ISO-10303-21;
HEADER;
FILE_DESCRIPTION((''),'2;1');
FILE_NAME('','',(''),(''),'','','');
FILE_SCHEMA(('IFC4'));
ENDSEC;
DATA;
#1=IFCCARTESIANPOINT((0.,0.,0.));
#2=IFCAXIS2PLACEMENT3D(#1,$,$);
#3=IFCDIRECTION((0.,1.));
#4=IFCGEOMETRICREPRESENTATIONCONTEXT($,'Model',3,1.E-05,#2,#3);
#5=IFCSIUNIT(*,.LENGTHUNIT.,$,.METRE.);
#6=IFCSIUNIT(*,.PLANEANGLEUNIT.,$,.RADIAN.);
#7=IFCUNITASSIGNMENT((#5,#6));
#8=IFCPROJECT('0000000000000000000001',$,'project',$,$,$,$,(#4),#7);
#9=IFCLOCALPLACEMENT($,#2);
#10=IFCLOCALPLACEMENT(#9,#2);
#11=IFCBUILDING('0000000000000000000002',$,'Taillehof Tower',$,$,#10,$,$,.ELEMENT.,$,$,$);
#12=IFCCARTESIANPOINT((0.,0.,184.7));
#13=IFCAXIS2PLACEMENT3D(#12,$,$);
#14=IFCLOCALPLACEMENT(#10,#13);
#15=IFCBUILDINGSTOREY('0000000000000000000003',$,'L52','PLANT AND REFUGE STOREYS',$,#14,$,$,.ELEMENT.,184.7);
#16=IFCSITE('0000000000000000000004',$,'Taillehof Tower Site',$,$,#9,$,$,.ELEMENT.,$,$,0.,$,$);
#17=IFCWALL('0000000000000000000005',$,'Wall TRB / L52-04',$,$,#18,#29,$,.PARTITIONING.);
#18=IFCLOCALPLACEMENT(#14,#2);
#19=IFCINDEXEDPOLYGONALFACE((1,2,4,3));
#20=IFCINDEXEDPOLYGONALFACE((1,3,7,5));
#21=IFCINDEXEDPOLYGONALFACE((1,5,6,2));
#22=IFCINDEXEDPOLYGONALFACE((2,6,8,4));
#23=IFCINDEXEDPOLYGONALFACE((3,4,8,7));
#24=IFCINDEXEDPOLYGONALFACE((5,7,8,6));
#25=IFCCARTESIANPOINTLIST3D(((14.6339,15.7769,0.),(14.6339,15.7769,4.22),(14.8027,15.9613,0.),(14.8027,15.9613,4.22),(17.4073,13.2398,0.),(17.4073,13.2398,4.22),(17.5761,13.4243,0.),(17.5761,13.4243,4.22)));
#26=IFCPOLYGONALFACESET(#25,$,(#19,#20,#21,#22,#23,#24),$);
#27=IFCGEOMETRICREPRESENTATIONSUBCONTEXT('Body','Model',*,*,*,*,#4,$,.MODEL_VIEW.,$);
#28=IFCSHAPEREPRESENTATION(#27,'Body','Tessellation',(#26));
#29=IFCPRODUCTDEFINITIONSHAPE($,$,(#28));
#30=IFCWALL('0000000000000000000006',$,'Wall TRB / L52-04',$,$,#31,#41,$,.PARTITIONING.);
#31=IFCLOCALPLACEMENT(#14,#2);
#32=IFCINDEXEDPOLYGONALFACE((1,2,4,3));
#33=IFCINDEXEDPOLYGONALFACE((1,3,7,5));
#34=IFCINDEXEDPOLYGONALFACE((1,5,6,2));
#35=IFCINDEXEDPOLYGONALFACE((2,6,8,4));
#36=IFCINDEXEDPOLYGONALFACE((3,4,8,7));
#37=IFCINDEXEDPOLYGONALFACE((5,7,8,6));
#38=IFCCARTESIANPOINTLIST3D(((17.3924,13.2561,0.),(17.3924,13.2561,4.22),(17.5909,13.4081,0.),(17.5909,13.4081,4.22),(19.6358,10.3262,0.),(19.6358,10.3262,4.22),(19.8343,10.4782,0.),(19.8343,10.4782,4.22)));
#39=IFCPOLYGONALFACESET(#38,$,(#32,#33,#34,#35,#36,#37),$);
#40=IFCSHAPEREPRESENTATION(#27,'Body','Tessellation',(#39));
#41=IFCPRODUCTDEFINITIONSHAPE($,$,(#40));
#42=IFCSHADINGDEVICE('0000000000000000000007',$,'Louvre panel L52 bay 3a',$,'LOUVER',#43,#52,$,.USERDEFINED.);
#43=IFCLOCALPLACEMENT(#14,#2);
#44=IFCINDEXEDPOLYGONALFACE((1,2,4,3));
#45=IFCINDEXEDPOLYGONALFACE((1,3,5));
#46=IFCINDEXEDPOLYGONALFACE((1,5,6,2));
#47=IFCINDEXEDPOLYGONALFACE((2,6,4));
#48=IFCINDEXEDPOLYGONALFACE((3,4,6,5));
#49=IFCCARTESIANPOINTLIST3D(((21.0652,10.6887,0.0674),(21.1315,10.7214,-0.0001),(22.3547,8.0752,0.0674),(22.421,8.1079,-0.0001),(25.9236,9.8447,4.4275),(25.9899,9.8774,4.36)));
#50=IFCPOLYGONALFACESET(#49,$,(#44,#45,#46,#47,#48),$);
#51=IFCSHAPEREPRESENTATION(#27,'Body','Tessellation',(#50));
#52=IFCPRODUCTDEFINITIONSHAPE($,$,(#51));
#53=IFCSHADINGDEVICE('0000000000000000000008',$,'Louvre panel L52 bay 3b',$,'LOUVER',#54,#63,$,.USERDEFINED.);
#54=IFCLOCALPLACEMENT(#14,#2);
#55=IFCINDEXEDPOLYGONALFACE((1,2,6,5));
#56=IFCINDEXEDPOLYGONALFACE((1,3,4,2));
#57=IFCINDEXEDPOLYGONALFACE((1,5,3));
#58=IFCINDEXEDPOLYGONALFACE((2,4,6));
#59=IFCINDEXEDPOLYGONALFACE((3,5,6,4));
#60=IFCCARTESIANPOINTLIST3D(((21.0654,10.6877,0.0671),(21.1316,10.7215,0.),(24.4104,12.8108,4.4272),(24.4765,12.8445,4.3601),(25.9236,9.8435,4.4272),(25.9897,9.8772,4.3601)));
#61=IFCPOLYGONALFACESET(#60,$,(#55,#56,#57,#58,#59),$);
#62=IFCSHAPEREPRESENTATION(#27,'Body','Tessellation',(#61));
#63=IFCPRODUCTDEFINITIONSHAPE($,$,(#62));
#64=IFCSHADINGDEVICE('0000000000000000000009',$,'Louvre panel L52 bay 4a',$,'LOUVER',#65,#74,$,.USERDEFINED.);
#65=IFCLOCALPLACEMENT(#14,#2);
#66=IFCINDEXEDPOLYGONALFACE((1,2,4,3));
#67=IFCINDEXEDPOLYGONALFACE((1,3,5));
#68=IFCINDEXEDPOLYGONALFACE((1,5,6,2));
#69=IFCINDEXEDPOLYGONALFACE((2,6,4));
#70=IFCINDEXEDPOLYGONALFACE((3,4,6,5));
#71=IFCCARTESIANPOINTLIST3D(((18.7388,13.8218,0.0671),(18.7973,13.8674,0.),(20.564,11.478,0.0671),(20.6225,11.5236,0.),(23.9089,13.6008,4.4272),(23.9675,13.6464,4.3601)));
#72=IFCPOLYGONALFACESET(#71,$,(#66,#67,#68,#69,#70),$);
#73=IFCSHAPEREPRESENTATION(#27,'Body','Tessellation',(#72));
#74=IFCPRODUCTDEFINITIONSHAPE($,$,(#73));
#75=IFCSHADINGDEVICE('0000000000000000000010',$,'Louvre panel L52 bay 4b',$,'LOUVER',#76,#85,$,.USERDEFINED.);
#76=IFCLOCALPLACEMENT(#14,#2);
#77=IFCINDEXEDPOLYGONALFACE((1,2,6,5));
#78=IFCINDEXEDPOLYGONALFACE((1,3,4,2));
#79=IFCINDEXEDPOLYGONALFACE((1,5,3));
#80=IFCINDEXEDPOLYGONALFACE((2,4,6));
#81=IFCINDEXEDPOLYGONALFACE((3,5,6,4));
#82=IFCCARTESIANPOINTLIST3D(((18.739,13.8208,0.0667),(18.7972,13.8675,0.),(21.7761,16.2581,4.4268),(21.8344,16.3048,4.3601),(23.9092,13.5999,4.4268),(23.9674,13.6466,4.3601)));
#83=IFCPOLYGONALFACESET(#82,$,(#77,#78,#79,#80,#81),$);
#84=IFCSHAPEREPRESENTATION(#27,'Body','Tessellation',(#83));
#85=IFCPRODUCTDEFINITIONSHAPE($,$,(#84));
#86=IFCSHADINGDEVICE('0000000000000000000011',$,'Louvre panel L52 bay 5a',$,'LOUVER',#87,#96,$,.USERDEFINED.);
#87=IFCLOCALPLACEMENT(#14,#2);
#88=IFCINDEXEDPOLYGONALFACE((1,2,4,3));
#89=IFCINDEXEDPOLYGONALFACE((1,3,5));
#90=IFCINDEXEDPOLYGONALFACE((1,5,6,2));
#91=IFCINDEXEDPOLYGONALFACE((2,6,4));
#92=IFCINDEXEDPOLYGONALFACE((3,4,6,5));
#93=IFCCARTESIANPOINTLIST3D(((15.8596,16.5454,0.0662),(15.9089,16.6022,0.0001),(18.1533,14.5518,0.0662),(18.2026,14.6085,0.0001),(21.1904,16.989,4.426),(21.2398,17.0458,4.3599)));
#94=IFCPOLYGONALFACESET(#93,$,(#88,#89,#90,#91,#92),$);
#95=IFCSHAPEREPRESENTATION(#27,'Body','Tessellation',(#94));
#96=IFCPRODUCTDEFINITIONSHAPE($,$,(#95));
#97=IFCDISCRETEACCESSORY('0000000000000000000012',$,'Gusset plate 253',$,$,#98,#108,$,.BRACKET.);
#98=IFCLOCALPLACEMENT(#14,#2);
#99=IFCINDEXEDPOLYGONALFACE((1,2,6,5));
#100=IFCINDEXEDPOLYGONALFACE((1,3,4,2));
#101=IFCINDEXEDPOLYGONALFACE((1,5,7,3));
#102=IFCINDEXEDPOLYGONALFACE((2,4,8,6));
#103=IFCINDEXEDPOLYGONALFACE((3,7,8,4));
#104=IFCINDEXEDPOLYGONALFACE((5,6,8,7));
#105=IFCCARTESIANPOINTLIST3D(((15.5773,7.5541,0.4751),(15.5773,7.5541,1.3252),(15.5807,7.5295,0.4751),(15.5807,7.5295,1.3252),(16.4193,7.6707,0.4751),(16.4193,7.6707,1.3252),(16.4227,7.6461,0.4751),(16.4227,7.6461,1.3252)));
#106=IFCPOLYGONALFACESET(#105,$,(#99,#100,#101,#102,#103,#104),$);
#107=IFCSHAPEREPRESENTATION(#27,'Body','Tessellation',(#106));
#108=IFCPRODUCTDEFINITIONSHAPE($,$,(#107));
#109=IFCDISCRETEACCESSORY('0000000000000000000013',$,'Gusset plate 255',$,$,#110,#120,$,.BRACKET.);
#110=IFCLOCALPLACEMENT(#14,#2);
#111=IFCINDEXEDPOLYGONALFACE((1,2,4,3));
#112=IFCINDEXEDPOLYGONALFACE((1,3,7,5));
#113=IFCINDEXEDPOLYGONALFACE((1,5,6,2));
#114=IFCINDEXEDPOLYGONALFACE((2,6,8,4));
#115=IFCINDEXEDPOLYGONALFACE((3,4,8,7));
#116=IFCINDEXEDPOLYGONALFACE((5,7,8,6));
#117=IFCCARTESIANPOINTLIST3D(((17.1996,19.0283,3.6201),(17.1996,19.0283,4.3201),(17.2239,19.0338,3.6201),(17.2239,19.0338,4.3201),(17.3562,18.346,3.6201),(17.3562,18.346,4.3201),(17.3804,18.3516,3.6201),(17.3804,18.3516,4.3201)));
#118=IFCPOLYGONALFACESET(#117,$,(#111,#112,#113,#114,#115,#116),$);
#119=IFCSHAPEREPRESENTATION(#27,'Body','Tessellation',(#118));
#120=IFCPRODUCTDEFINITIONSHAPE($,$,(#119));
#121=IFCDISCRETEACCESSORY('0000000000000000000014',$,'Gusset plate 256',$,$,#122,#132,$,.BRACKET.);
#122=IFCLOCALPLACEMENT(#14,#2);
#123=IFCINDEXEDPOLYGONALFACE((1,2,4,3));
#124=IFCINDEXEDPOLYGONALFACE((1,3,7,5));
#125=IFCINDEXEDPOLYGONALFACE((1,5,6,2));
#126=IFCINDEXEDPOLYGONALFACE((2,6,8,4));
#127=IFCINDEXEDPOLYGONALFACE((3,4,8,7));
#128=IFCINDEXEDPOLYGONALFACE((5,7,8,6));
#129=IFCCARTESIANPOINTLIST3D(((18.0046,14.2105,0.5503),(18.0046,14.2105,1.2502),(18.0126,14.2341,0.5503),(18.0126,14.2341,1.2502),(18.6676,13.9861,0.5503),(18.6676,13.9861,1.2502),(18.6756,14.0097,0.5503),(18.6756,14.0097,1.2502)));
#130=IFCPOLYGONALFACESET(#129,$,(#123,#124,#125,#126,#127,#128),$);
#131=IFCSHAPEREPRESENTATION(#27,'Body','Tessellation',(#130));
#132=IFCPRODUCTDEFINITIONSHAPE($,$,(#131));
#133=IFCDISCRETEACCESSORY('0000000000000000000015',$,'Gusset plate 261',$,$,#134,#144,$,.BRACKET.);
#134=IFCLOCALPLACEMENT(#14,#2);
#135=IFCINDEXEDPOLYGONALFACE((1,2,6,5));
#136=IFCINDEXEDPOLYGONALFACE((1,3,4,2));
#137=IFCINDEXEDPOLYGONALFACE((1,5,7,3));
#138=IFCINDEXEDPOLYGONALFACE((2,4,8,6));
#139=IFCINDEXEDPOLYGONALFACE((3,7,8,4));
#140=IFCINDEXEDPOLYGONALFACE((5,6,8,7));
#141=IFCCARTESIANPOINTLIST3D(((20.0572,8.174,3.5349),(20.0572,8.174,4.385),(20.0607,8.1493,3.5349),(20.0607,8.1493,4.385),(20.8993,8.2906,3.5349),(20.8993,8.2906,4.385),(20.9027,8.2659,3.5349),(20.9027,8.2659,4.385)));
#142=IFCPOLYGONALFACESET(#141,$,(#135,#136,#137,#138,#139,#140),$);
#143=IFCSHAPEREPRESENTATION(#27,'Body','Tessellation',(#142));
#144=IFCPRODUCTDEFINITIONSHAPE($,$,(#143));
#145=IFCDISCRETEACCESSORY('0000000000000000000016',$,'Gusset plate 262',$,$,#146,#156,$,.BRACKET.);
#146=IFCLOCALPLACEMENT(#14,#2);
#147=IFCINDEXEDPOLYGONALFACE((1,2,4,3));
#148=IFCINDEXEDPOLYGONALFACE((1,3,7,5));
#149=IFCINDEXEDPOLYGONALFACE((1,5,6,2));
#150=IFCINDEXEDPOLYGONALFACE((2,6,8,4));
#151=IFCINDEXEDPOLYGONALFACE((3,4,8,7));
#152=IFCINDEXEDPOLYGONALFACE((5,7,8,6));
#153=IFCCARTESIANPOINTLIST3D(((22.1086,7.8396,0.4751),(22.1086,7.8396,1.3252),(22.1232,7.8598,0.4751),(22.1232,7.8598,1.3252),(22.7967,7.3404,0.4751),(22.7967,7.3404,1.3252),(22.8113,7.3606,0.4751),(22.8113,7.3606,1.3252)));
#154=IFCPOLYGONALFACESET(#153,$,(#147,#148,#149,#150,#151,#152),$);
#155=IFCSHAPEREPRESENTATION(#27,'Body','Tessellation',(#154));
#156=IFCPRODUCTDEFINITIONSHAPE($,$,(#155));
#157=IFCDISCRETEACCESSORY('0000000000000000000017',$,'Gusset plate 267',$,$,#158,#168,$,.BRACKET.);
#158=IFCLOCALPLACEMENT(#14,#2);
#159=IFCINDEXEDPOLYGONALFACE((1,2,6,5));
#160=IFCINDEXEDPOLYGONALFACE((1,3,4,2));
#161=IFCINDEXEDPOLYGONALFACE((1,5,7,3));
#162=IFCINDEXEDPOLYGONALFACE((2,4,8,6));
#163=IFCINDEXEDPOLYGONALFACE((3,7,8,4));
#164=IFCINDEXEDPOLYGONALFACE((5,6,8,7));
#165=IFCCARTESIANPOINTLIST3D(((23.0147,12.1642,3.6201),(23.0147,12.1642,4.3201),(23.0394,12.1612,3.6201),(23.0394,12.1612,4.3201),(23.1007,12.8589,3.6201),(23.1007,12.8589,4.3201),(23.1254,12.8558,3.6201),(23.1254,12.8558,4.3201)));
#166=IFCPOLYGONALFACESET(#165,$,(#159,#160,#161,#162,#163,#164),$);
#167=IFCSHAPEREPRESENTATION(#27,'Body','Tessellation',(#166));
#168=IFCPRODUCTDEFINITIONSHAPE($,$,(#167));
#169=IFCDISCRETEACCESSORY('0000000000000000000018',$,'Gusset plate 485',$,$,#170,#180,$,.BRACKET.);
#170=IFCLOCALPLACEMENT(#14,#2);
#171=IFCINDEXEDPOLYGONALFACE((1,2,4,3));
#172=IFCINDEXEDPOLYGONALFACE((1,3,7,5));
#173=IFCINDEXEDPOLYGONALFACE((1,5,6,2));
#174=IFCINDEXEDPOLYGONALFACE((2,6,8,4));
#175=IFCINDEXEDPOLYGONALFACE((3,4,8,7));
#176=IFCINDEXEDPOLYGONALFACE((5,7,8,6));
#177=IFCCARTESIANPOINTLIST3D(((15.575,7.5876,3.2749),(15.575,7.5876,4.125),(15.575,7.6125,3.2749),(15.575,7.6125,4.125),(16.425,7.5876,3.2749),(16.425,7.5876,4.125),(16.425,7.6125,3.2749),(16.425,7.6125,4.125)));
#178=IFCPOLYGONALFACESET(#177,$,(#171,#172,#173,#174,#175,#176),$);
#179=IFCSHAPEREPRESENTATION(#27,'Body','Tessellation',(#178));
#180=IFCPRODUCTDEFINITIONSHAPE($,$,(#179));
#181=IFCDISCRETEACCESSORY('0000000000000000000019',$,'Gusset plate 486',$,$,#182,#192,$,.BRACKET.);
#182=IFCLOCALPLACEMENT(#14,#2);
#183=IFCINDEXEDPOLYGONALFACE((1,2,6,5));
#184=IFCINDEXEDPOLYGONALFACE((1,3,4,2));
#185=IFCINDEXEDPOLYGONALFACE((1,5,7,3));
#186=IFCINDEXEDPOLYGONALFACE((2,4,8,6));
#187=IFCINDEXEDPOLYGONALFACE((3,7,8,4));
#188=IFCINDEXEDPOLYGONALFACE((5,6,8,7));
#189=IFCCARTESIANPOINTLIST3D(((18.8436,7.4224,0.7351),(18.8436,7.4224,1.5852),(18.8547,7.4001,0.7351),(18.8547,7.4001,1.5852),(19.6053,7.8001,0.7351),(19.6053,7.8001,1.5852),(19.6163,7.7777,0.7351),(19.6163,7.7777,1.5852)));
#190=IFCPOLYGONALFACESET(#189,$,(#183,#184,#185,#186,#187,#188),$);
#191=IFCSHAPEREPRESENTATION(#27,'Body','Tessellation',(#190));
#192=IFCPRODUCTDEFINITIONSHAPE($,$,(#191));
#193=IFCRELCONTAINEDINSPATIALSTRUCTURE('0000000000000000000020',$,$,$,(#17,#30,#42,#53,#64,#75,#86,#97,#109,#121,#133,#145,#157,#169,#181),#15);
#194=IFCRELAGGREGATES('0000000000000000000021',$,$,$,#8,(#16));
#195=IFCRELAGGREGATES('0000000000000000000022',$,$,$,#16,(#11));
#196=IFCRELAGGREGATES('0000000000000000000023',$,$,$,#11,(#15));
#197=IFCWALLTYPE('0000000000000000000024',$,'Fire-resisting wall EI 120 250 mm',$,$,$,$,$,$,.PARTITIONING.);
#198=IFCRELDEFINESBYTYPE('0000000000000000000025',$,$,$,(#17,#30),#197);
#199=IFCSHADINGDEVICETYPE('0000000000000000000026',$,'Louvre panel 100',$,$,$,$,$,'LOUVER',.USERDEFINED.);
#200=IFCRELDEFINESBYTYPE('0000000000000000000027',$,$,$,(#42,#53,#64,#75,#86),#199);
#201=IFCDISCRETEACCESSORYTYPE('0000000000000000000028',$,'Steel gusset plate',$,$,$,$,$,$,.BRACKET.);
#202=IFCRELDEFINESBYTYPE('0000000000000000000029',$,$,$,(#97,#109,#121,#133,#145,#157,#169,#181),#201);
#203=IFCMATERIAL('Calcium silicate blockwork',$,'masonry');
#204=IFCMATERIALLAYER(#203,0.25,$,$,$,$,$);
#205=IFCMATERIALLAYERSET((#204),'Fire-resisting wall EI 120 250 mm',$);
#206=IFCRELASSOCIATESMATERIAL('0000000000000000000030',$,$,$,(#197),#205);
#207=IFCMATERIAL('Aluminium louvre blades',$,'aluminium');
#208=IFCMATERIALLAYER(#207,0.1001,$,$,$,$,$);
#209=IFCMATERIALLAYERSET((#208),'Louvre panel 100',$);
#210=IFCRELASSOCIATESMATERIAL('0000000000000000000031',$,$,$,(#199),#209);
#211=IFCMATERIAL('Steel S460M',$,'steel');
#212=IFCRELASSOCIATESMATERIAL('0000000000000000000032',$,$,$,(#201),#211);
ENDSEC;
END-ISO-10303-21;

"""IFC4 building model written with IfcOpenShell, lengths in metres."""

from ifc_helpers import new_model, si_unit, direction, frame, frame_2d, origin, origin_2d, place, context, subcontext, project, spatial, polyline, rectangle, outline, extrude, material, layer, layer_set, type_object, element, save


model = new_model("IFC4")

# Units and contexts
model_context = context("Model", 3, precision=1e-05, world=origin(), true_north=direction((0.0, 1.0)))
body_context = subcontext(model_context, "Body", "Model", "MODEL_VIEW")
ifc_project = project(units=[si_unit("LENGTHUNIT", "METRE"), si_unit("PLANEANGLEUNIT", "RADIAN")], contexts=[model_context])

# Site, building, storey
site_placement = place(None, origin())
site = spatial("IfcSite", under=ifc_project, at=site_placement, Name="Taillehof Tower Site", CompositionType="ELEMENT", RefElevation=0.0)
building_placement = place(site_placement, origin())
building = spatial("IfcBuilding", under=site, at=building_placement, Name="Taillehof Tower", CompositionType="ELEMENT")
storey_placement = place(building_placement, frame((0.0, 0.0, 184.7)))
storey = spatial("IfcBuildingStorey", under=building, at=storey_placement, Name="L52", Description="PLANT AND REFUGE STOREYS", CompositionType="ELEMENT", Elevation=184.7)

# Walls
ifc_material_1 = material(Name="Calcium silicate blockwork", Category="masonry")
ifc_layer_1 = layer(ifc_material_1, 0.25)
ifc_layer_set_1 = layer_set([ifc_layer_1], Name="Fire-resisting wall EI 120 250 mm")
wall_type = type_object("IfcWallType", Name="Fire-resisting wall EI 120 250 mm", PredefinedType="PARTITIONING", material=ifc_layer_set_1)
wall_1_placement = place(storey_placement, frame((17.4917, 13.332, 0.0), z_axis=(0.0, 0.0, 1.0), x_axis=(-0.737844, 0.674971, 0.0)))
element("IfcWall", 1, at=wall_1_placement, inside=storey, type_object=wall_type, Name="Wall TRB / L52-04", PredefinedType="PARTITIONING", context=body_context, shape_type="SweptSolid", body=[
    extrude(rectangle(XDim=3.7588, YDim=0.25, at=frame_2d((1.8794, 0.0))), origin(), (0.0, 0.0, 1.0), 4.22),
])
wall_2_placement = place(storey_placement, frame((19.7351, 10.4021, 0.0), z_axis=(0.0, 0.0, 1.0), x_axis=(-0.607941, 0.793982, 0.0)))
element("IfcWall", 2, at=wall_2_placement, inside=storey, type_object=wall_type, Name="Wall TRB / L52-04", PredefinedType="PARTITIONING", context=body_context, shape_type="SweptSolid", body=[
    extrude(rectangle(XDim=3.6902, YDim=0.25, at=frame_2d((1.8452, 0.0))), origin(), (0.0, 0.0, 1.0), 4.22),
])

# Shading devices
ifc_material_2 = material(Name="Aluminium louvre blades", Category="aluminium")
ifc_layer_2 = layer(ifc_material_2, 0.1001)
ifc_layer_set_2 = layer_set([ifc_layer_2], Name="Louvre panel 100")
shading_device_type = type_object("IfcShadingDeviceType", Name="Louvre panel 100", ElementType="LOUVER", PredefinedType="USERDEFINED", material=ifc_layer_set_2)
shading_device_1_placement = place(storey_placement, frame((22.3547, 8.0752, 0.0674), z_axis=(-0.662069, -0.326674, 0.674498), x_axis=(-0.442483, 0.896777, 0.0)))
element("IfcShadingDevice", 3, at=shading_device_1_placement, inside=storey, type_object=shading_device_type, Name="Louvre panel L52 bay 3a", ObjectType="LOUVER", PredefinedType="USERDEFINED", context=body_context, shape_type="SweptSolid", body=[
    extrude(outline(polyline([(0.0, 0.0), (2.9144, 0.0), (0.0077, -5.9058), (0.0, 0.0)])), origin(), (0.0, 0.0, -1.0), 0.1001),
])
shading_device_2_placement = place(storey_placement, frame((21.0654, 10.6877, 0.0671), z_axis=(-0.660636, -0.336895, 0.670867), x_axis=(0.567787, 0.360374, 0.7401)))
element("IfcShadingDevice", 4, at=shading_device_2_placement, inside=storey, type_object=shading_device_type, Name="Louvre panel L52 bay 3b", ObjectType="LOUVER", PredefinedType="USERDEFINED", context=body_context, shape_type="SweptSolid", body=[
    extrude(outline(polyline([(0.0, 0.0), (5.8912, 0.0), (5.6811, -3.3242), (0.0, 0.0)])), origin(), (0.0, 0.0, -1.0), 0.1001),
])
shading_device_3_placement = place(storey_placement, frame((20.564, 11.478, 0.0671), z_axis=(-0.585154, -0.455689, 0.670777), x_axis=(-0.614418, 0.78898, 0.0)))
element("IfcShadingDevice", 5, at=shading_device_3_placement, inside=storey, type_object=shading_device_type, Name="Louvre panel L52 bay 4a", ObjectType="LOUVER", PredefinedType="USERDEFINED", context=body_context, shape_type="SweptSolid", body=[
    extrude(outline(polyline([(0.0, 0.0), (2.9706, 0.0), (-0.3804, -5.8789), (0.0, 0.0)])), origin(), (0.0, 0.0, -1.0), 0.1001),
])
shading_device_4_placement = place(storey_placement, frame((18.739, 13.8208, 0.0667), z_axis=(-0.581707, -0.466787, 0.666128), x_axis=(0.519526, 0.416916, 0.745838)))
element("IfcShadingDevice", 6, at=shading_device_4_placement, inside=storey, type_object=shading_device_type, Name="Louvre panel L52 bay 4b", ObjectType="LOUVER", PredefinedType="USERDEFINED", context=body_context, shape_type="SweptSolid", body=[
    extrude(outline(polyline([(0.0, 0.0), (5.8459, 0.0), (5.8459, -3.4082), (0.0, 0.0)])), origin(), (0.0, 0.0, -1.0), 0.1001),
])
shading_device_5_placement = place(storey_placement, frame((18.1533, 14.5518, 0.0662), z_axis=(-0.492747, -0.566907, 0.660164), x_axis=(-0.754747, 0.656016, 0.0)))
element("IfcShadingDevice", 7, at=shading_device_5_placement, inside=storey, type_object=shading_device_type, Name="Louvre panel L52 bay 5a", ObjectType="LOUVER", PredefinedType="USERDEFINED", context=body_context, shape_type="SweptSolid", body=[
    extrude(outline(polyline([(0.0, 0.0), (3.039, 0.0), (-0.6934, -5.8045), (0.0, 0.0)])), origin(), (0.0, 0.0, -1.0), 0.1001),
])

# Discrete accessories
ifc_material_3 = material(Name="Steel S460M", Category="steel")
discrete_accessory_type = type_object("IfcDiscreteAccessoryType", Name="Steel gusset plate", PredefinedType="BRACKET", material=ifc_material_3)
discrete_accessory_1_placement = place(storey_placement, frame((16.0, 7.6001, 0.4751), z_axis=(0.0, 0.0, 1.0), x_axis=(0.990547, 0.137175, 0.0)))
element("IfcDiscreteAccessory", 8, at=discrete_accessory_1_placement, inside=storey, type_object=discrete_accessory_type, Name="Gusset plate 253", PredefinedType="BRACKET", context=body_context, shape_type="SweptSolid", body=[
    extrude(rectangle(XDim=0.8501, YDim=0.0249, at=origin_2d()), origin(), (0.0, 0.0, 1.0), 0.8501),
])
for number, where, z_axis, x_axis, name in (
    (9, (17.29, 18.6899, 3.6201), (0.0, 0.0, 1.0), (-0.223624, 0.974675, 0.0), "Gusset plate 255"),
    (10, (18.3401, 14.1101, 0.5503), (0.0, 0.0, 1.0), (-0.947212, 0.320608, 0.0), "Gusset plate 256"),
):
    element("IfcDiscreteAccessory", number, at=place(storey_placement, frame(where, z_axis=z_axis, x_axis=x_axis)), inside=storey, type_object=discrete_accessory_type, Name=name, PredefinedType="BRACKET", context=body_context, shape_type="SweptSolid", body=[
        extrude(rectangle(XDim=0.7, YDim=0.0249, at=origin_2d()), origin(), (0.0, 0.0, 1.0), 0.7),
    ])
for number, where, z_axis, x_axis, name in (
    (11, (20.48, 8.22, 3.5349), (0.0, 0.0, 1.0), (0.990547, 0.137175, 0.0), "Gusset plate 261"),
    (12, (22.46, 7.6001, 0.4751), (0.0, 0.0, 1.0), (-0.809415, 0.587237, 0.0), "Gusset plate 262"),
):
    element("IfcDiscreteAccessory", number, at=place(storey_placement, frame(where, z_axis=z_axis, x_axis=x_axis)), inside=storey, type_object=discrete_accessory_type, Name=name, PredefinedType="BRACKET", context=body_context, shape_type="SweptSolid", body=[
        extrude(rectangle(XDim=0.8501, YDim=0.0249, at=origin_2d()), origin(), (0.0, 0.0, 1.0), 0.8501),
    ])
discrete_accessory_2_placement = place(storey_placement, frame((23.0701, 12.51, 3.6201), z_axis=(0.0, 0.0, 1.0), x_axis=(0.122876, 0.992422, 0.0)))
element("IfcDiscreteAccessory", 13, at=discrete_accessory_2_placement, inside=storey, type_object=discrete_accessory_type, Name="Gusset plate 267", PredefinedType="BRACKET", context=body_context, shape_type="SweptSolid", body=[
    extrude(rectangle(XDim=0.7, YDim=0.0249, at=origin_2d()), origin(), (0.0, 0.0, 1.0), 0.7),
])
for number, where, z_axis, x_axis, name in (
    (14, (16.0, 7.6001, 3.2749), (0.0, 0.0, 1.0), (1.0, 0.0, 0.0), "Gusset plate 485"),
    (15, (19.23, 7.6001, 0.7351), (0.0, 0.0, 1.0), (0.895928, 0.444199, 0.0), "Gusset plate 486"),
):
    element("IfcDiscreteAccessory", number, at=place(storey_placement, frame(where, z_axis=z_axis, x_axis=x_axis)), inside=storey, type_object=discrete_accessory_type, Name=name, PredefinedType="BRACKET", context=body_context, shape_type="SweptSolid", body=[
        extrude(rectangle(XDim=0.8501, YDim=0.0249, at=origin_2d()), origin(), (0.0, 0.0, 1.0), 0.8501),
    ])

save(model, "model.ifc")
